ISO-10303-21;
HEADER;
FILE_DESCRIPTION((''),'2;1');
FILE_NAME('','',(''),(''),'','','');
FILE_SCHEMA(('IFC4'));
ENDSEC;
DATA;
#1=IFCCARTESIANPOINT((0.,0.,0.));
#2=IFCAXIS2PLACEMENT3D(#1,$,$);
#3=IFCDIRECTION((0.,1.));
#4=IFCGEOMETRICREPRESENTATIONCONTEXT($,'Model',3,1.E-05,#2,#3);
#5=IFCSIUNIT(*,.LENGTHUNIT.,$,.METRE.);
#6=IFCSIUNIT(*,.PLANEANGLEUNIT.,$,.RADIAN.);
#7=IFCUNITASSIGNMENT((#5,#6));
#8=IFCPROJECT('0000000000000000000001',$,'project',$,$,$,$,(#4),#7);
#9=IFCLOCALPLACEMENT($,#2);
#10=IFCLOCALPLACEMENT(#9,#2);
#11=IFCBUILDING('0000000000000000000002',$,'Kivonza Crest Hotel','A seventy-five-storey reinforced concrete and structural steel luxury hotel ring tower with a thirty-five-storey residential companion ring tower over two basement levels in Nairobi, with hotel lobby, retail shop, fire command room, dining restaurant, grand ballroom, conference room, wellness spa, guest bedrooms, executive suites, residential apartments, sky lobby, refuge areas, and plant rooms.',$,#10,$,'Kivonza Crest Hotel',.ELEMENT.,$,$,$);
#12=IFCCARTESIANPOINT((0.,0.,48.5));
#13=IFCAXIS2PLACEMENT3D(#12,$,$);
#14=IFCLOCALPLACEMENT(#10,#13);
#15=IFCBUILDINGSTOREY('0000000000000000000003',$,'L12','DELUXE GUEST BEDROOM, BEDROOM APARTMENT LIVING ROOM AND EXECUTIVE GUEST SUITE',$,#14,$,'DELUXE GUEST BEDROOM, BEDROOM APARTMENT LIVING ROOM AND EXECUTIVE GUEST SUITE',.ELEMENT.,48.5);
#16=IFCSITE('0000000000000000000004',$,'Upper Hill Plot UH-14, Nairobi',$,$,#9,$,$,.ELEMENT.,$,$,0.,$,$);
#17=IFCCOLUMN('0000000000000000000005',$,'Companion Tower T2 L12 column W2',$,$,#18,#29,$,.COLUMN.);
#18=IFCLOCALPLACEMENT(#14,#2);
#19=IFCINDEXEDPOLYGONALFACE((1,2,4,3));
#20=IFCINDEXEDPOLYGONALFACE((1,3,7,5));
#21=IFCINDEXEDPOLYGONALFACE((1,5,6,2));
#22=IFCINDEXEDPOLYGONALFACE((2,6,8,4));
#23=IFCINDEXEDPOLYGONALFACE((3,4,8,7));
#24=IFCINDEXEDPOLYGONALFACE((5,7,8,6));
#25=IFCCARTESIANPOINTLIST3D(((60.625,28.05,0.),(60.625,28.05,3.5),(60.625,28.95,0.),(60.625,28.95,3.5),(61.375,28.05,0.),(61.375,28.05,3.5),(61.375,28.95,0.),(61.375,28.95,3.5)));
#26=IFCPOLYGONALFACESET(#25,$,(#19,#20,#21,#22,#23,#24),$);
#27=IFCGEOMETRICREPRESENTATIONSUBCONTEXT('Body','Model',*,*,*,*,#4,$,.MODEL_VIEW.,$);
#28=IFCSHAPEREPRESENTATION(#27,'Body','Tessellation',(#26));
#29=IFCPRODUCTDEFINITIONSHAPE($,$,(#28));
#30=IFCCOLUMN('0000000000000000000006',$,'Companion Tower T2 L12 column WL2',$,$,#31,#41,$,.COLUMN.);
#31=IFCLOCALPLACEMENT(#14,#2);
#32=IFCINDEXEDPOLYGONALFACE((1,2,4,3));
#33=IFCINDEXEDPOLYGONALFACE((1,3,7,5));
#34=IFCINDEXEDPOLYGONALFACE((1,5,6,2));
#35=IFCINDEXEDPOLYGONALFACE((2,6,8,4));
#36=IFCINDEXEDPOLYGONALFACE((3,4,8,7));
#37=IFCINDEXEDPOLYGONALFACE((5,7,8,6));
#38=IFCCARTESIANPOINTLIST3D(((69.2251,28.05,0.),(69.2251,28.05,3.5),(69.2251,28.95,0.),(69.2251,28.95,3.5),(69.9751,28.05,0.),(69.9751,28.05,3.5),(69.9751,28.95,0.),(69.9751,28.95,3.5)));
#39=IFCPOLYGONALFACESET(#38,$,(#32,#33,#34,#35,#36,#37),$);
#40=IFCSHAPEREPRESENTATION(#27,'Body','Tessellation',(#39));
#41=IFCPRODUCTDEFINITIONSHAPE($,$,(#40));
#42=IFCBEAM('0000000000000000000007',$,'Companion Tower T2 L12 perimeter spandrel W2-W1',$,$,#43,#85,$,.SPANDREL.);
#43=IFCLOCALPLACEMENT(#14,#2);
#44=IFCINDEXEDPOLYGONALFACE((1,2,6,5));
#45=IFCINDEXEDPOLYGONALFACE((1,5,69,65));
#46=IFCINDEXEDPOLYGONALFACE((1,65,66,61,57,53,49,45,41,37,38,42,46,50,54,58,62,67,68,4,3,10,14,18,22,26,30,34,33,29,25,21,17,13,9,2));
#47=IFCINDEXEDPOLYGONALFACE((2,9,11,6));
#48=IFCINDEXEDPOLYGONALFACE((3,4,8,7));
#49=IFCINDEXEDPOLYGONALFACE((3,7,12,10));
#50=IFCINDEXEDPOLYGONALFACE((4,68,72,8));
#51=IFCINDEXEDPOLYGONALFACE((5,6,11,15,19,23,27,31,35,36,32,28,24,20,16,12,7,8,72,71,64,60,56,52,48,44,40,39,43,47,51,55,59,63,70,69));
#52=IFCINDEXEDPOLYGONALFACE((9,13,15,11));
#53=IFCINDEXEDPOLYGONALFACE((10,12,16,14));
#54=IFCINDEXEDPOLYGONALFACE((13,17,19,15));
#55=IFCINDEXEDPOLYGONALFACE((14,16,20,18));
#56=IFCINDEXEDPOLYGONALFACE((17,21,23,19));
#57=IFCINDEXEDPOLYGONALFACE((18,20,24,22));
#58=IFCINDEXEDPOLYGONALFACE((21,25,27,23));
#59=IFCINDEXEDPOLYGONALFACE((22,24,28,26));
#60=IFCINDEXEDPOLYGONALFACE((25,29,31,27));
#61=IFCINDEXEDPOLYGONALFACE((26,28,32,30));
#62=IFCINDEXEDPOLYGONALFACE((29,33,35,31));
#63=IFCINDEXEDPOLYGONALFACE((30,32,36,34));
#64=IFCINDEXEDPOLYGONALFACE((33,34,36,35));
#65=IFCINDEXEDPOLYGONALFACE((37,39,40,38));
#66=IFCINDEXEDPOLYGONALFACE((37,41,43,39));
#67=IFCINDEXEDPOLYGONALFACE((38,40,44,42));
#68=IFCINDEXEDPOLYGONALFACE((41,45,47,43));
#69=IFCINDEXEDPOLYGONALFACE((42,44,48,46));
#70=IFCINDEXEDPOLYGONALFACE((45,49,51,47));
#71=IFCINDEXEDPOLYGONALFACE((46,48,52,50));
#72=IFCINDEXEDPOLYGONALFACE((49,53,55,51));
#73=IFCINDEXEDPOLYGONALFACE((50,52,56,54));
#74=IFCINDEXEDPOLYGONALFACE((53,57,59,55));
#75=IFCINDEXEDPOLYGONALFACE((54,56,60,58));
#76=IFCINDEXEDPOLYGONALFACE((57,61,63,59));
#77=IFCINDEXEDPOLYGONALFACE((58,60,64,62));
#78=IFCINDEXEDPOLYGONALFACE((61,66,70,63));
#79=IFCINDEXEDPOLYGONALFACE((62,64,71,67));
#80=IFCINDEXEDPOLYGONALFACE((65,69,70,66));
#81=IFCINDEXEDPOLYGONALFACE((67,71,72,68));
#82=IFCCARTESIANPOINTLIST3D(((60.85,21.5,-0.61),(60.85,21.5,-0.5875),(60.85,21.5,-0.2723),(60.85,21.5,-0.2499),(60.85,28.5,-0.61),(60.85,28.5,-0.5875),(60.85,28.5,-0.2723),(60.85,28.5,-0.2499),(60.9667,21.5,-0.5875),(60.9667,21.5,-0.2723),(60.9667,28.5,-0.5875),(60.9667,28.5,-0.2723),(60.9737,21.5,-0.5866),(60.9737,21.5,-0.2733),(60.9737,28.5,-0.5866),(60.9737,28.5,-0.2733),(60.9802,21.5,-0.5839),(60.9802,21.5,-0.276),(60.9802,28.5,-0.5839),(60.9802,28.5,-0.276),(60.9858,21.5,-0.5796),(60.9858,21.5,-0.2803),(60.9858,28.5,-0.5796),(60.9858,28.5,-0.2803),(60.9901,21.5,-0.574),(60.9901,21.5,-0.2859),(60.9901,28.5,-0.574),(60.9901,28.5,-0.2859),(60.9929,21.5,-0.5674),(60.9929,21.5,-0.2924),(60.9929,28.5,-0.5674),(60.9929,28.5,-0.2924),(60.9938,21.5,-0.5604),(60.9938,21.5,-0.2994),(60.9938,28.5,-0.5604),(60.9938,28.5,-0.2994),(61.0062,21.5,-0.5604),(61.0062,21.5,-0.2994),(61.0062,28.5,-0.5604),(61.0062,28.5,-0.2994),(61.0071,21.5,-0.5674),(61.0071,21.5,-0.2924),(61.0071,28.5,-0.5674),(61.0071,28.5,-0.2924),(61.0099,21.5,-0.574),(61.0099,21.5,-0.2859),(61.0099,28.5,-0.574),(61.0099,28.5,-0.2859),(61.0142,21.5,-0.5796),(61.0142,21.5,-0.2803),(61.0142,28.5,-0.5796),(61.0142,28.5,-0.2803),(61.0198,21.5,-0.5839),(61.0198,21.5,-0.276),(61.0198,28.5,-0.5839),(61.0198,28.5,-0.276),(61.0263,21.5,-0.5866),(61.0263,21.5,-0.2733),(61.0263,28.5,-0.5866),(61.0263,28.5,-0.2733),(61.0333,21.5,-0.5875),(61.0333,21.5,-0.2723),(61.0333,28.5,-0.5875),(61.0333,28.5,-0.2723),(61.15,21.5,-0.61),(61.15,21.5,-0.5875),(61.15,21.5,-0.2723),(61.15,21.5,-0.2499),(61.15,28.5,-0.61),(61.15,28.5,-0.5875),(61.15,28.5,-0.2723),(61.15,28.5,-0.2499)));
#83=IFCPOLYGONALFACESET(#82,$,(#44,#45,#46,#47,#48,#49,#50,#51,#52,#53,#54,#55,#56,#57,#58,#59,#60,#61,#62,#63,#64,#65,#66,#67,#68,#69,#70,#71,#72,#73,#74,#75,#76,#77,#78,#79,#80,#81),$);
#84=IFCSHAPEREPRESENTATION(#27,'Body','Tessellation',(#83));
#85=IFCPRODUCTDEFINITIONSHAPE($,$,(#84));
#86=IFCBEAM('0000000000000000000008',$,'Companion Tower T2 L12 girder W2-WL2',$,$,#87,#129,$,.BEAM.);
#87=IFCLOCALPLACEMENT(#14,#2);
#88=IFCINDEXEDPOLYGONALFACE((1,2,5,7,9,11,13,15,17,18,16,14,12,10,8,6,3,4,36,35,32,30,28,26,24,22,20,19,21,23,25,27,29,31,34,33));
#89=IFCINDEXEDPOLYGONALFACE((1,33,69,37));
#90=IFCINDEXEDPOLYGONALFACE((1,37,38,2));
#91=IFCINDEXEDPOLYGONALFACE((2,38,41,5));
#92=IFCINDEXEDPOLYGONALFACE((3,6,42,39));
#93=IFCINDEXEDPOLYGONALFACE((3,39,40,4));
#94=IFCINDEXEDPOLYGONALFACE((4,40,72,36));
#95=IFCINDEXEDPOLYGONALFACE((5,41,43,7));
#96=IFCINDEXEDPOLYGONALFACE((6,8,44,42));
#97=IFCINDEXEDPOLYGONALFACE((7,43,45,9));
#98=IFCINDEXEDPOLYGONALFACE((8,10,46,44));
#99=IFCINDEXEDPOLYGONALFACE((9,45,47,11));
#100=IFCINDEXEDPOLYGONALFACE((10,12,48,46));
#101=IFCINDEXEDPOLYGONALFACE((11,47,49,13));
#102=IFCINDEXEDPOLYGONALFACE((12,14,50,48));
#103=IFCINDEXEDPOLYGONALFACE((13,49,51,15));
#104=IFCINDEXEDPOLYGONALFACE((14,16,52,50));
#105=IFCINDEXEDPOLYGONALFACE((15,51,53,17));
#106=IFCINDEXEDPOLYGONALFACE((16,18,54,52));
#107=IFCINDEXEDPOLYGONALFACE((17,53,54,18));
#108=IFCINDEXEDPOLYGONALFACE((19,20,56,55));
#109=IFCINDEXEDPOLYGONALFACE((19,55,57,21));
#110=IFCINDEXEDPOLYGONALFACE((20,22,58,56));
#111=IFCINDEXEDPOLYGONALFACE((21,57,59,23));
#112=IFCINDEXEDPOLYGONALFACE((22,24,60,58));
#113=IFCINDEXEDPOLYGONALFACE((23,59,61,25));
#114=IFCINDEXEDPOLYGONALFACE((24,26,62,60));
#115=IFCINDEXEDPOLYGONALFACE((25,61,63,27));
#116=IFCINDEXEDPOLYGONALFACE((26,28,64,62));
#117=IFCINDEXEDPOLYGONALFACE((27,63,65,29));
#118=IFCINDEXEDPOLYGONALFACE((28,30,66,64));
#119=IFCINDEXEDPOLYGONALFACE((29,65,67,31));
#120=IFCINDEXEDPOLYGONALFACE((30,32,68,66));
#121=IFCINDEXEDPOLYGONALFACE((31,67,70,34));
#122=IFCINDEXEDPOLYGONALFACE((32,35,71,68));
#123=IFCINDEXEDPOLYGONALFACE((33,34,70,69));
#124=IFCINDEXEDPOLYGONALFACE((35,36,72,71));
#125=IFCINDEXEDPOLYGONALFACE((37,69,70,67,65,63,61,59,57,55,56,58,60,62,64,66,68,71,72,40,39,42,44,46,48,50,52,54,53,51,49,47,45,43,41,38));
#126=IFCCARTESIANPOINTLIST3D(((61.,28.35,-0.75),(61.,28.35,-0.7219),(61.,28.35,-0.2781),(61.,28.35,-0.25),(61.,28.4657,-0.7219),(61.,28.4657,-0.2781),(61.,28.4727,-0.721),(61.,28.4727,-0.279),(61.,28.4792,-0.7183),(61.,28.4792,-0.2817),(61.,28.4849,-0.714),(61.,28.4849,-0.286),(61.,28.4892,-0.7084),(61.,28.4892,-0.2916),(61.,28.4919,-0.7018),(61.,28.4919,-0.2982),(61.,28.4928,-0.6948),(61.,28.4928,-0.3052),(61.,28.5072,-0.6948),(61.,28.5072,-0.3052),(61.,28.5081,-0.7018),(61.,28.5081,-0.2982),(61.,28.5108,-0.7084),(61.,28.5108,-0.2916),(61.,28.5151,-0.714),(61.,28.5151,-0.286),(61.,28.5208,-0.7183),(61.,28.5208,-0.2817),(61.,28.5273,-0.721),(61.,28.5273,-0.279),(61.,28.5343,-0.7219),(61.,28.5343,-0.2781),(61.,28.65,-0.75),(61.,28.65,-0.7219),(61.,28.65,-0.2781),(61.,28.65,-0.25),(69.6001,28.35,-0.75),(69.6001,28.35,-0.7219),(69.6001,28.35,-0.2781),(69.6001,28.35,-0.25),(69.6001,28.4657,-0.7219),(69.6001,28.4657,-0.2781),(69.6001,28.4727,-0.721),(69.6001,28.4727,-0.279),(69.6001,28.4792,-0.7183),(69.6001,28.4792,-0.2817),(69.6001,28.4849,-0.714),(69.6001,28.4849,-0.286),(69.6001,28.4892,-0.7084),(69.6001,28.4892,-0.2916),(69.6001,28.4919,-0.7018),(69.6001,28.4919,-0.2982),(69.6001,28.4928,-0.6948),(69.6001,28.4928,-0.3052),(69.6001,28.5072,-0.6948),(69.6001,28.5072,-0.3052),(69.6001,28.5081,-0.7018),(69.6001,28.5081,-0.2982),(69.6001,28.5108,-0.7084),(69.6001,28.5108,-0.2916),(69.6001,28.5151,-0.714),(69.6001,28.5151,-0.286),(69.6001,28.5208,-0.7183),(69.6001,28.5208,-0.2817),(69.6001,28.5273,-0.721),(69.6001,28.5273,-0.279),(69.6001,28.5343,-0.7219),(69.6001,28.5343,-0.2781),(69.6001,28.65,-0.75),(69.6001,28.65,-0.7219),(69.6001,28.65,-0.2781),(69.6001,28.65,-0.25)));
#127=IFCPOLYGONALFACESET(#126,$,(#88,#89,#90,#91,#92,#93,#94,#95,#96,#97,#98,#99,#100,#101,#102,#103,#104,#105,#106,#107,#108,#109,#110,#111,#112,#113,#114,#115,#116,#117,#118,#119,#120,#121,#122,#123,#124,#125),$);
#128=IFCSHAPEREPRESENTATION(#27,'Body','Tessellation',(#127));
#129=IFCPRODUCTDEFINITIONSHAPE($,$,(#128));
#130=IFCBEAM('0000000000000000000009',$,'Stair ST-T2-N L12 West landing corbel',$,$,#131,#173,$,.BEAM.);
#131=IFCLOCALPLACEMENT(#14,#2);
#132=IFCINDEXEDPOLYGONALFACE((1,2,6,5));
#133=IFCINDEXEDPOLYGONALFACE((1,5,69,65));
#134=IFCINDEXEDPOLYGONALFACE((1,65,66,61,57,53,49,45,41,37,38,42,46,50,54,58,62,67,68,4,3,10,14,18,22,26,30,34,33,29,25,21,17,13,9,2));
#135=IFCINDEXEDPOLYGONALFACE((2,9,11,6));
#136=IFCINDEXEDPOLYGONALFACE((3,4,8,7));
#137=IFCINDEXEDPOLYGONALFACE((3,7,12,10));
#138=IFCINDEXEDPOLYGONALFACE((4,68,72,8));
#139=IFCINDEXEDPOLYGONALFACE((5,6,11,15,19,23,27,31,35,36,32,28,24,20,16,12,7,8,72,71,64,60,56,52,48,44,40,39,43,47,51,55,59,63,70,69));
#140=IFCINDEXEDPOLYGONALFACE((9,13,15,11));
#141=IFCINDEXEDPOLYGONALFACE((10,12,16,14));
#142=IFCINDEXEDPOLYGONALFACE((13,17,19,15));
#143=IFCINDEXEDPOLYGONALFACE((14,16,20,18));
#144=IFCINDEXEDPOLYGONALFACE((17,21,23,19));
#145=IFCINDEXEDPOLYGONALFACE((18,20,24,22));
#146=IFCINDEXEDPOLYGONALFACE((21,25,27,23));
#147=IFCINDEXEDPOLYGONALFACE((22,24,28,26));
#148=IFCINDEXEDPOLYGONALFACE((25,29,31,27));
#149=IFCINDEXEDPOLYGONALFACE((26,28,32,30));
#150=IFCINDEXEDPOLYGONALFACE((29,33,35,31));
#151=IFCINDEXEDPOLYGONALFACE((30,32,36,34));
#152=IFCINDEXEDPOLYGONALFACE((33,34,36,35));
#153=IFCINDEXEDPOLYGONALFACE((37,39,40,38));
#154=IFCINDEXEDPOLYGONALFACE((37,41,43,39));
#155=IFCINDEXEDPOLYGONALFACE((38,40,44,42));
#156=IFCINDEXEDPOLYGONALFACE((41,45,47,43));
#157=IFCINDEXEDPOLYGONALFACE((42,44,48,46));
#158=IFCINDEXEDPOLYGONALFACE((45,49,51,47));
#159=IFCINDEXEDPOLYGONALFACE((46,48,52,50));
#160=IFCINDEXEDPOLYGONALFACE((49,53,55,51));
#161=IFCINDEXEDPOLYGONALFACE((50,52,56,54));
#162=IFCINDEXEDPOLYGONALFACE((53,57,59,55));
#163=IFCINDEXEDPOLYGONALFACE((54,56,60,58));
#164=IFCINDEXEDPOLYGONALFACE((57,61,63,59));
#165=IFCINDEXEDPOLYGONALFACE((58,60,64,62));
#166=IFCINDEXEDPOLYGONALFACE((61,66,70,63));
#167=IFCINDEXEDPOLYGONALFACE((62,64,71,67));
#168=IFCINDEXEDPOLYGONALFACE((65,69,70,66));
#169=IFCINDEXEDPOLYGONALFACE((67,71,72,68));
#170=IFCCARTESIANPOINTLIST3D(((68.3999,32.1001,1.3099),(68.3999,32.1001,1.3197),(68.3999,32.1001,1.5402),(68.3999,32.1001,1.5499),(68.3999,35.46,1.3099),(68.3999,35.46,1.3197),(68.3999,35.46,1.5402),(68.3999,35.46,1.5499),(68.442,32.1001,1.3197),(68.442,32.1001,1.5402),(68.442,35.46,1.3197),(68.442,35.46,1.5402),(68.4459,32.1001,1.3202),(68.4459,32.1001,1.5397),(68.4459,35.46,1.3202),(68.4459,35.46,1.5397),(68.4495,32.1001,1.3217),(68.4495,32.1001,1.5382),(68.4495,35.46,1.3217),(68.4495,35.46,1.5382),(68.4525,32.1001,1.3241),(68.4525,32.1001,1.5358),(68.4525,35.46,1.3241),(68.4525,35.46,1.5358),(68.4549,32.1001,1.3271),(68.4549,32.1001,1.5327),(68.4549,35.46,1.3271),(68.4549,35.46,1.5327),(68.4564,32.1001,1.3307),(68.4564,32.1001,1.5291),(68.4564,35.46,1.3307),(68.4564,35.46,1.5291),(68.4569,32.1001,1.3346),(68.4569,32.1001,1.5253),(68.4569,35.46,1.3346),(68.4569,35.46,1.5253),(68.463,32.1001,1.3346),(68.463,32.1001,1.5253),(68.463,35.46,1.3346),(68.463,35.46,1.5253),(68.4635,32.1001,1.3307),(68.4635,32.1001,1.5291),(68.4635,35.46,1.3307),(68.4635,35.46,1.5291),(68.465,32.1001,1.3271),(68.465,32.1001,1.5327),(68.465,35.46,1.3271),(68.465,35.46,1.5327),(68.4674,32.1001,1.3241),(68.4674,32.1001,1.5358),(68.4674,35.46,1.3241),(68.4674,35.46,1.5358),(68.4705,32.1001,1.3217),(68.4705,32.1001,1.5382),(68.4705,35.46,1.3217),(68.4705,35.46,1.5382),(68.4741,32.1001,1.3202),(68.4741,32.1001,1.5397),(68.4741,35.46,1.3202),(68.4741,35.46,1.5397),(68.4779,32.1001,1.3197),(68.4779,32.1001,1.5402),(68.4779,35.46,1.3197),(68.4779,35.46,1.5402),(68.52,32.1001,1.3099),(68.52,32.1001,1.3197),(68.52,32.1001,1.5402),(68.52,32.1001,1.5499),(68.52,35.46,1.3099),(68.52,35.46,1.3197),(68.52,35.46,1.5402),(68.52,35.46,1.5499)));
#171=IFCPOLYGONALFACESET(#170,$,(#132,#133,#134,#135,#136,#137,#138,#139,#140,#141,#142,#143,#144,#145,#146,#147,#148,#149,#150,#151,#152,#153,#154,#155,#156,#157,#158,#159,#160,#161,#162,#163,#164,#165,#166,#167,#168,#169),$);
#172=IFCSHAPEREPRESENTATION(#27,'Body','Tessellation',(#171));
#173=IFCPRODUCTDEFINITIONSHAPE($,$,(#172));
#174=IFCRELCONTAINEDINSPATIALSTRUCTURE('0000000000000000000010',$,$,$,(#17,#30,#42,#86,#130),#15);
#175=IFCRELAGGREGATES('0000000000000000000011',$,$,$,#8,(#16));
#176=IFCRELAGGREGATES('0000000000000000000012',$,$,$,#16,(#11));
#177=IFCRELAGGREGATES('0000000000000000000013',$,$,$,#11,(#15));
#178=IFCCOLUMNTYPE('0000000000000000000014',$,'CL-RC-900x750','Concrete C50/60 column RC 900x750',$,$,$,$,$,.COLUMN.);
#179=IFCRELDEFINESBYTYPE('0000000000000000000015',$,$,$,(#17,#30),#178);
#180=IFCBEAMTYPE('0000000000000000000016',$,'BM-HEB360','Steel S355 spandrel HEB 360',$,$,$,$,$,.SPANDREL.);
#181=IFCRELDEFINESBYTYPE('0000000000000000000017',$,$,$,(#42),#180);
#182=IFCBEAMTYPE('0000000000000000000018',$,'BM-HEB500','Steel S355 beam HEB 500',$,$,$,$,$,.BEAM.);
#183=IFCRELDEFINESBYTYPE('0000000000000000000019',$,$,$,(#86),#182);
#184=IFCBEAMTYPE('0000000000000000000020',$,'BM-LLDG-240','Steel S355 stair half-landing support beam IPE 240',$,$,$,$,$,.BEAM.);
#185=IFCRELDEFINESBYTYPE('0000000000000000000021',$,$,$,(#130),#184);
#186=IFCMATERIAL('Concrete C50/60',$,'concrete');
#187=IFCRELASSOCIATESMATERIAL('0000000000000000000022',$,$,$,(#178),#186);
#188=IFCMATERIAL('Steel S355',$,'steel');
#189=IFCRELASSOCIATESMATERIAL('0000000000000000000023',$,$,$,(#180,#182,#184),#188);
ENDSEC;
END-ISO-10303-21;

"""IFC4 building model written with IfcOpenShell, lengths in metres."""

from ifc_helpers import new_model, si_unit, direction, frame, origin, origin_2d, place, context, subcontext, project, spatial, rectangle, i_section, extrude, material, material_profile, profile_set, type_object, element, save


model = new_model("IFC4")

# Units and contexts
model_context = context("Model", 3, precision=1e-05, world=origin(), true_north=direction((0.0, 1.0)))
body_context = subcontext(model_context, "Body", "Model", "MODEL_VIEW")
ifc_project = project(units=[si_unit("LENGTHUNIT", "METRE"), si_unit("PLANEANGLEUNIT", "RADIAN")], contexts=[model_context])

# Site, building, storey
site_placement = place(None, origin())
site = spatial("IfcSite", under=ifc_project, at=site_placement, Name="Upper Hill Plot UH-14, Nairobi", CompositionType="ELEMENT", RefElevation=0.0)
building_placement = place(site_placement, origin())
building = spatial("IfcBuilding", under=site, at=building_placement, Name="Kivonza Crest Hotel", Description="A seventy-five-storey reinforced concrete and structural steel luxury hotel ring tower with a thirty-five-storey residential companion ring tower over two basement levels in Nairobi, with hotel lobby, retail shop, fire command room, dining restaurant, grand ballroom, conference room, wellness spa, guest bedrooms, executive suites, residential apartments, sky lobby, refuge areas, and plant rooms.", LongName="Kivonza Crest Hotel", CompositionType="ELEMENT")
storey_placement = place(building_placement, frame((0.0, 0.0, 48.5)))
storey = spatial("IfcBuildingStorey", under=building, at=storey_placement, Name="L12", Description="DELUXE GUEST BEDROOM, BEDROOM APARTMENT LIVING ROOM AND EXECUTIVE GUEST SUITE", LongName="DELUXE GUEST BEDROOM, BEDROOM APARTMENT LIVING ROOM AND EXECUTIVE GUEST SUITE", CompositionType="ELEMENT", Elevation=48.5)

# Columns
ifc_material_1 = material(Name="Concrete C50/60", Category="concrete")
ifc_material_profile_1 = material_profile(ifc_material_1, rectangle(XDim=0.75, YDim=0.8999, at=origin_2d()), Name="RC 900x750")
ifc_profile_set_1 = profile_set([ifc_material_profile_1], Name="Concrete C50/60")
column_type = type_object("IfcColumnType", Name="CL-RC-900x750", Description="Concrete C50/60 column RC 900x750", PredefinedType="COLUMN", material=ifc_profile_set_1)
for number, where, z_axis, x_axis, name in (
    (1, (61.0, 28.5, 0.0), (0.0, 0.0, 1.0), (1.0, 0.0, 0.0), "Companion Tower T2 L12 column W2"),
    (2, (69.6001, 28.5, 0.0), (0.0, 0.0, 1.0), (1.0, 0.0, 0.0), "Companion Tower T2 L12 column WL2"),
):
    element("IfcColumn", number, at=place(storey_placement, frame(where, z_axis=z_axis, x_axis=x_axis)), inside=storey, type_object=column_type, Name=name, PredefinedType="COLUMN", context=body_context, shape_type="SweptSolid", body=[
        extrude(rectangle(XDim=0.75, YDim=0.8999, at=origin_2d()), origin(), (0.0, 0.0, 1.0), 3.5),
    ])

# Beams
ifc_material_2 = material(Name="Steel S355", Category="steel")
ifc_material_profile_2 = material_profile(ifc_material_2, i_section(OverallWidth=0.3, OverallDepth=0.3601, WebThickness=0.0125, FlangeThickness=0.0225, FilletRadius=0.0271, at=origin_2d()), Name="HEB 360")
ifc_profile_set_2 = profile_set([ifc_material_profile_2], Name="Steel S355")
beam_type_1 = type_object("IfcBeamType", Name="BM-HEB360", Description="Steel S355 spandrel HEB 360", PredefinedType="SPANDREL", material=ifc_profile_set_2)
beam_1_placement = place(storey_placement, frame((61.0, 28.5, -0.4299), z_axis=(0.0, -1.0, 0.0), x_axis=(1.0, 0.0, 0.0)))
element("IfcBeam", 3, at=beam_1_placement, inside=storey, type_object=beam_type_1, Name="Companion Tower T2 L12 perimeter spandrel W2-W1", PredefinedType="SPANDREL", context=body_context, shape_type="SweptSolid", body=[
    extrude(i_section(OverallWidth=0.3, OverallDepth=0.3601, WebThickness=0.0125, FlangeThickness=0.0225, FilletRadius=0.0271, at=origin_2d()), origin(), (0.0, 0.0, 1.0), 7.0),
])
ifc_material_profile_3 = material_profile(ifc_material_2, i_section(OverallWidth=0.3, OverallDepth=0.5, WebThickness=0.0144, FlangeThickness=0.0281, FilletRadius=0.0271, at=origin_2d()), Name="HEB 500")
ifc_profile_set_3 = profile_set([ifc_material_profile_3], Name="Steel S355")
beam_type_2 = type_object("IfcBeamType", Name="BM-HEB500", Description="Steel S355 beam HEB 500", PredefinedType="BEAM", material=ifc_profile_set_3)
beam_2_placement = place(storey_placement, frame((61.0, 28.5, -0.5), z_axis=(1.0, 0.0, 0.0), x_axis=(0.0, 1.0, 0.0)))
element("IfcBeam", 4, at=beam_2_placement, inside=storey, type_object=beam_type_2, Name="Companion Tower T2 L12 girder W2-WL2", PredefinedType="BEAM", context=body_context, shape_type="SweptSolid", body=[
    extrude(i_section(OverallWidth=0.3, OverallDepth=0.5, WebThickness=0.0144, FlangeThickness=0.0281, FilletRadius=0.0271, at=origin_2d()), origin(), (0.0, 0.0, 1.0), 8.6001),
])
ifc_material_profile_4 = material_profile(ifc_material_2, i_section(OverallWidth=0.1201, OverallDepth=0.24, WebThickness=0.0061, FlangeThickness=0.0098, FilletRadius=0.0149, at=origin_2d()), Name="IPE 240")
ifc_profile_set_4 = profile_set([ifc_material_profile_4], Name="Steel S355")
beam_type_3 = type_object("IfcBeamType", Name="BM-LLDG-240", Description="Steel S355 stair half-landing support beam IPE 240", PredefinedType="BEAM", material=ifc_profile_set_4)
beam_3_placement = place(storey_placement, frame((68.46, 32.1001, 1.4299), z_axis=(0.0, 1.0, 0.0), x_axis=(-1.0, 0.0, 0.0)))
element("IfcBeam", 5, at=beam_3_placement, inside=storey, type_object=beam_type_3, Name="Stair ST-T2-N L12 West landing corbel", PredefinedType="BEAM", context=body_context, shape_type="SweptSolid", body=[
    extrude(i_section(OverallWidth=0.1201, OverallDepth=0.24, WebThickness=0.0061, FlangeThickness=0.0098, FilletRadius=0.0149, at=origin_2d()), origin(), (0.0, 0.0, 1.0), 3.3599),
])

save(model, "model.ifc")
